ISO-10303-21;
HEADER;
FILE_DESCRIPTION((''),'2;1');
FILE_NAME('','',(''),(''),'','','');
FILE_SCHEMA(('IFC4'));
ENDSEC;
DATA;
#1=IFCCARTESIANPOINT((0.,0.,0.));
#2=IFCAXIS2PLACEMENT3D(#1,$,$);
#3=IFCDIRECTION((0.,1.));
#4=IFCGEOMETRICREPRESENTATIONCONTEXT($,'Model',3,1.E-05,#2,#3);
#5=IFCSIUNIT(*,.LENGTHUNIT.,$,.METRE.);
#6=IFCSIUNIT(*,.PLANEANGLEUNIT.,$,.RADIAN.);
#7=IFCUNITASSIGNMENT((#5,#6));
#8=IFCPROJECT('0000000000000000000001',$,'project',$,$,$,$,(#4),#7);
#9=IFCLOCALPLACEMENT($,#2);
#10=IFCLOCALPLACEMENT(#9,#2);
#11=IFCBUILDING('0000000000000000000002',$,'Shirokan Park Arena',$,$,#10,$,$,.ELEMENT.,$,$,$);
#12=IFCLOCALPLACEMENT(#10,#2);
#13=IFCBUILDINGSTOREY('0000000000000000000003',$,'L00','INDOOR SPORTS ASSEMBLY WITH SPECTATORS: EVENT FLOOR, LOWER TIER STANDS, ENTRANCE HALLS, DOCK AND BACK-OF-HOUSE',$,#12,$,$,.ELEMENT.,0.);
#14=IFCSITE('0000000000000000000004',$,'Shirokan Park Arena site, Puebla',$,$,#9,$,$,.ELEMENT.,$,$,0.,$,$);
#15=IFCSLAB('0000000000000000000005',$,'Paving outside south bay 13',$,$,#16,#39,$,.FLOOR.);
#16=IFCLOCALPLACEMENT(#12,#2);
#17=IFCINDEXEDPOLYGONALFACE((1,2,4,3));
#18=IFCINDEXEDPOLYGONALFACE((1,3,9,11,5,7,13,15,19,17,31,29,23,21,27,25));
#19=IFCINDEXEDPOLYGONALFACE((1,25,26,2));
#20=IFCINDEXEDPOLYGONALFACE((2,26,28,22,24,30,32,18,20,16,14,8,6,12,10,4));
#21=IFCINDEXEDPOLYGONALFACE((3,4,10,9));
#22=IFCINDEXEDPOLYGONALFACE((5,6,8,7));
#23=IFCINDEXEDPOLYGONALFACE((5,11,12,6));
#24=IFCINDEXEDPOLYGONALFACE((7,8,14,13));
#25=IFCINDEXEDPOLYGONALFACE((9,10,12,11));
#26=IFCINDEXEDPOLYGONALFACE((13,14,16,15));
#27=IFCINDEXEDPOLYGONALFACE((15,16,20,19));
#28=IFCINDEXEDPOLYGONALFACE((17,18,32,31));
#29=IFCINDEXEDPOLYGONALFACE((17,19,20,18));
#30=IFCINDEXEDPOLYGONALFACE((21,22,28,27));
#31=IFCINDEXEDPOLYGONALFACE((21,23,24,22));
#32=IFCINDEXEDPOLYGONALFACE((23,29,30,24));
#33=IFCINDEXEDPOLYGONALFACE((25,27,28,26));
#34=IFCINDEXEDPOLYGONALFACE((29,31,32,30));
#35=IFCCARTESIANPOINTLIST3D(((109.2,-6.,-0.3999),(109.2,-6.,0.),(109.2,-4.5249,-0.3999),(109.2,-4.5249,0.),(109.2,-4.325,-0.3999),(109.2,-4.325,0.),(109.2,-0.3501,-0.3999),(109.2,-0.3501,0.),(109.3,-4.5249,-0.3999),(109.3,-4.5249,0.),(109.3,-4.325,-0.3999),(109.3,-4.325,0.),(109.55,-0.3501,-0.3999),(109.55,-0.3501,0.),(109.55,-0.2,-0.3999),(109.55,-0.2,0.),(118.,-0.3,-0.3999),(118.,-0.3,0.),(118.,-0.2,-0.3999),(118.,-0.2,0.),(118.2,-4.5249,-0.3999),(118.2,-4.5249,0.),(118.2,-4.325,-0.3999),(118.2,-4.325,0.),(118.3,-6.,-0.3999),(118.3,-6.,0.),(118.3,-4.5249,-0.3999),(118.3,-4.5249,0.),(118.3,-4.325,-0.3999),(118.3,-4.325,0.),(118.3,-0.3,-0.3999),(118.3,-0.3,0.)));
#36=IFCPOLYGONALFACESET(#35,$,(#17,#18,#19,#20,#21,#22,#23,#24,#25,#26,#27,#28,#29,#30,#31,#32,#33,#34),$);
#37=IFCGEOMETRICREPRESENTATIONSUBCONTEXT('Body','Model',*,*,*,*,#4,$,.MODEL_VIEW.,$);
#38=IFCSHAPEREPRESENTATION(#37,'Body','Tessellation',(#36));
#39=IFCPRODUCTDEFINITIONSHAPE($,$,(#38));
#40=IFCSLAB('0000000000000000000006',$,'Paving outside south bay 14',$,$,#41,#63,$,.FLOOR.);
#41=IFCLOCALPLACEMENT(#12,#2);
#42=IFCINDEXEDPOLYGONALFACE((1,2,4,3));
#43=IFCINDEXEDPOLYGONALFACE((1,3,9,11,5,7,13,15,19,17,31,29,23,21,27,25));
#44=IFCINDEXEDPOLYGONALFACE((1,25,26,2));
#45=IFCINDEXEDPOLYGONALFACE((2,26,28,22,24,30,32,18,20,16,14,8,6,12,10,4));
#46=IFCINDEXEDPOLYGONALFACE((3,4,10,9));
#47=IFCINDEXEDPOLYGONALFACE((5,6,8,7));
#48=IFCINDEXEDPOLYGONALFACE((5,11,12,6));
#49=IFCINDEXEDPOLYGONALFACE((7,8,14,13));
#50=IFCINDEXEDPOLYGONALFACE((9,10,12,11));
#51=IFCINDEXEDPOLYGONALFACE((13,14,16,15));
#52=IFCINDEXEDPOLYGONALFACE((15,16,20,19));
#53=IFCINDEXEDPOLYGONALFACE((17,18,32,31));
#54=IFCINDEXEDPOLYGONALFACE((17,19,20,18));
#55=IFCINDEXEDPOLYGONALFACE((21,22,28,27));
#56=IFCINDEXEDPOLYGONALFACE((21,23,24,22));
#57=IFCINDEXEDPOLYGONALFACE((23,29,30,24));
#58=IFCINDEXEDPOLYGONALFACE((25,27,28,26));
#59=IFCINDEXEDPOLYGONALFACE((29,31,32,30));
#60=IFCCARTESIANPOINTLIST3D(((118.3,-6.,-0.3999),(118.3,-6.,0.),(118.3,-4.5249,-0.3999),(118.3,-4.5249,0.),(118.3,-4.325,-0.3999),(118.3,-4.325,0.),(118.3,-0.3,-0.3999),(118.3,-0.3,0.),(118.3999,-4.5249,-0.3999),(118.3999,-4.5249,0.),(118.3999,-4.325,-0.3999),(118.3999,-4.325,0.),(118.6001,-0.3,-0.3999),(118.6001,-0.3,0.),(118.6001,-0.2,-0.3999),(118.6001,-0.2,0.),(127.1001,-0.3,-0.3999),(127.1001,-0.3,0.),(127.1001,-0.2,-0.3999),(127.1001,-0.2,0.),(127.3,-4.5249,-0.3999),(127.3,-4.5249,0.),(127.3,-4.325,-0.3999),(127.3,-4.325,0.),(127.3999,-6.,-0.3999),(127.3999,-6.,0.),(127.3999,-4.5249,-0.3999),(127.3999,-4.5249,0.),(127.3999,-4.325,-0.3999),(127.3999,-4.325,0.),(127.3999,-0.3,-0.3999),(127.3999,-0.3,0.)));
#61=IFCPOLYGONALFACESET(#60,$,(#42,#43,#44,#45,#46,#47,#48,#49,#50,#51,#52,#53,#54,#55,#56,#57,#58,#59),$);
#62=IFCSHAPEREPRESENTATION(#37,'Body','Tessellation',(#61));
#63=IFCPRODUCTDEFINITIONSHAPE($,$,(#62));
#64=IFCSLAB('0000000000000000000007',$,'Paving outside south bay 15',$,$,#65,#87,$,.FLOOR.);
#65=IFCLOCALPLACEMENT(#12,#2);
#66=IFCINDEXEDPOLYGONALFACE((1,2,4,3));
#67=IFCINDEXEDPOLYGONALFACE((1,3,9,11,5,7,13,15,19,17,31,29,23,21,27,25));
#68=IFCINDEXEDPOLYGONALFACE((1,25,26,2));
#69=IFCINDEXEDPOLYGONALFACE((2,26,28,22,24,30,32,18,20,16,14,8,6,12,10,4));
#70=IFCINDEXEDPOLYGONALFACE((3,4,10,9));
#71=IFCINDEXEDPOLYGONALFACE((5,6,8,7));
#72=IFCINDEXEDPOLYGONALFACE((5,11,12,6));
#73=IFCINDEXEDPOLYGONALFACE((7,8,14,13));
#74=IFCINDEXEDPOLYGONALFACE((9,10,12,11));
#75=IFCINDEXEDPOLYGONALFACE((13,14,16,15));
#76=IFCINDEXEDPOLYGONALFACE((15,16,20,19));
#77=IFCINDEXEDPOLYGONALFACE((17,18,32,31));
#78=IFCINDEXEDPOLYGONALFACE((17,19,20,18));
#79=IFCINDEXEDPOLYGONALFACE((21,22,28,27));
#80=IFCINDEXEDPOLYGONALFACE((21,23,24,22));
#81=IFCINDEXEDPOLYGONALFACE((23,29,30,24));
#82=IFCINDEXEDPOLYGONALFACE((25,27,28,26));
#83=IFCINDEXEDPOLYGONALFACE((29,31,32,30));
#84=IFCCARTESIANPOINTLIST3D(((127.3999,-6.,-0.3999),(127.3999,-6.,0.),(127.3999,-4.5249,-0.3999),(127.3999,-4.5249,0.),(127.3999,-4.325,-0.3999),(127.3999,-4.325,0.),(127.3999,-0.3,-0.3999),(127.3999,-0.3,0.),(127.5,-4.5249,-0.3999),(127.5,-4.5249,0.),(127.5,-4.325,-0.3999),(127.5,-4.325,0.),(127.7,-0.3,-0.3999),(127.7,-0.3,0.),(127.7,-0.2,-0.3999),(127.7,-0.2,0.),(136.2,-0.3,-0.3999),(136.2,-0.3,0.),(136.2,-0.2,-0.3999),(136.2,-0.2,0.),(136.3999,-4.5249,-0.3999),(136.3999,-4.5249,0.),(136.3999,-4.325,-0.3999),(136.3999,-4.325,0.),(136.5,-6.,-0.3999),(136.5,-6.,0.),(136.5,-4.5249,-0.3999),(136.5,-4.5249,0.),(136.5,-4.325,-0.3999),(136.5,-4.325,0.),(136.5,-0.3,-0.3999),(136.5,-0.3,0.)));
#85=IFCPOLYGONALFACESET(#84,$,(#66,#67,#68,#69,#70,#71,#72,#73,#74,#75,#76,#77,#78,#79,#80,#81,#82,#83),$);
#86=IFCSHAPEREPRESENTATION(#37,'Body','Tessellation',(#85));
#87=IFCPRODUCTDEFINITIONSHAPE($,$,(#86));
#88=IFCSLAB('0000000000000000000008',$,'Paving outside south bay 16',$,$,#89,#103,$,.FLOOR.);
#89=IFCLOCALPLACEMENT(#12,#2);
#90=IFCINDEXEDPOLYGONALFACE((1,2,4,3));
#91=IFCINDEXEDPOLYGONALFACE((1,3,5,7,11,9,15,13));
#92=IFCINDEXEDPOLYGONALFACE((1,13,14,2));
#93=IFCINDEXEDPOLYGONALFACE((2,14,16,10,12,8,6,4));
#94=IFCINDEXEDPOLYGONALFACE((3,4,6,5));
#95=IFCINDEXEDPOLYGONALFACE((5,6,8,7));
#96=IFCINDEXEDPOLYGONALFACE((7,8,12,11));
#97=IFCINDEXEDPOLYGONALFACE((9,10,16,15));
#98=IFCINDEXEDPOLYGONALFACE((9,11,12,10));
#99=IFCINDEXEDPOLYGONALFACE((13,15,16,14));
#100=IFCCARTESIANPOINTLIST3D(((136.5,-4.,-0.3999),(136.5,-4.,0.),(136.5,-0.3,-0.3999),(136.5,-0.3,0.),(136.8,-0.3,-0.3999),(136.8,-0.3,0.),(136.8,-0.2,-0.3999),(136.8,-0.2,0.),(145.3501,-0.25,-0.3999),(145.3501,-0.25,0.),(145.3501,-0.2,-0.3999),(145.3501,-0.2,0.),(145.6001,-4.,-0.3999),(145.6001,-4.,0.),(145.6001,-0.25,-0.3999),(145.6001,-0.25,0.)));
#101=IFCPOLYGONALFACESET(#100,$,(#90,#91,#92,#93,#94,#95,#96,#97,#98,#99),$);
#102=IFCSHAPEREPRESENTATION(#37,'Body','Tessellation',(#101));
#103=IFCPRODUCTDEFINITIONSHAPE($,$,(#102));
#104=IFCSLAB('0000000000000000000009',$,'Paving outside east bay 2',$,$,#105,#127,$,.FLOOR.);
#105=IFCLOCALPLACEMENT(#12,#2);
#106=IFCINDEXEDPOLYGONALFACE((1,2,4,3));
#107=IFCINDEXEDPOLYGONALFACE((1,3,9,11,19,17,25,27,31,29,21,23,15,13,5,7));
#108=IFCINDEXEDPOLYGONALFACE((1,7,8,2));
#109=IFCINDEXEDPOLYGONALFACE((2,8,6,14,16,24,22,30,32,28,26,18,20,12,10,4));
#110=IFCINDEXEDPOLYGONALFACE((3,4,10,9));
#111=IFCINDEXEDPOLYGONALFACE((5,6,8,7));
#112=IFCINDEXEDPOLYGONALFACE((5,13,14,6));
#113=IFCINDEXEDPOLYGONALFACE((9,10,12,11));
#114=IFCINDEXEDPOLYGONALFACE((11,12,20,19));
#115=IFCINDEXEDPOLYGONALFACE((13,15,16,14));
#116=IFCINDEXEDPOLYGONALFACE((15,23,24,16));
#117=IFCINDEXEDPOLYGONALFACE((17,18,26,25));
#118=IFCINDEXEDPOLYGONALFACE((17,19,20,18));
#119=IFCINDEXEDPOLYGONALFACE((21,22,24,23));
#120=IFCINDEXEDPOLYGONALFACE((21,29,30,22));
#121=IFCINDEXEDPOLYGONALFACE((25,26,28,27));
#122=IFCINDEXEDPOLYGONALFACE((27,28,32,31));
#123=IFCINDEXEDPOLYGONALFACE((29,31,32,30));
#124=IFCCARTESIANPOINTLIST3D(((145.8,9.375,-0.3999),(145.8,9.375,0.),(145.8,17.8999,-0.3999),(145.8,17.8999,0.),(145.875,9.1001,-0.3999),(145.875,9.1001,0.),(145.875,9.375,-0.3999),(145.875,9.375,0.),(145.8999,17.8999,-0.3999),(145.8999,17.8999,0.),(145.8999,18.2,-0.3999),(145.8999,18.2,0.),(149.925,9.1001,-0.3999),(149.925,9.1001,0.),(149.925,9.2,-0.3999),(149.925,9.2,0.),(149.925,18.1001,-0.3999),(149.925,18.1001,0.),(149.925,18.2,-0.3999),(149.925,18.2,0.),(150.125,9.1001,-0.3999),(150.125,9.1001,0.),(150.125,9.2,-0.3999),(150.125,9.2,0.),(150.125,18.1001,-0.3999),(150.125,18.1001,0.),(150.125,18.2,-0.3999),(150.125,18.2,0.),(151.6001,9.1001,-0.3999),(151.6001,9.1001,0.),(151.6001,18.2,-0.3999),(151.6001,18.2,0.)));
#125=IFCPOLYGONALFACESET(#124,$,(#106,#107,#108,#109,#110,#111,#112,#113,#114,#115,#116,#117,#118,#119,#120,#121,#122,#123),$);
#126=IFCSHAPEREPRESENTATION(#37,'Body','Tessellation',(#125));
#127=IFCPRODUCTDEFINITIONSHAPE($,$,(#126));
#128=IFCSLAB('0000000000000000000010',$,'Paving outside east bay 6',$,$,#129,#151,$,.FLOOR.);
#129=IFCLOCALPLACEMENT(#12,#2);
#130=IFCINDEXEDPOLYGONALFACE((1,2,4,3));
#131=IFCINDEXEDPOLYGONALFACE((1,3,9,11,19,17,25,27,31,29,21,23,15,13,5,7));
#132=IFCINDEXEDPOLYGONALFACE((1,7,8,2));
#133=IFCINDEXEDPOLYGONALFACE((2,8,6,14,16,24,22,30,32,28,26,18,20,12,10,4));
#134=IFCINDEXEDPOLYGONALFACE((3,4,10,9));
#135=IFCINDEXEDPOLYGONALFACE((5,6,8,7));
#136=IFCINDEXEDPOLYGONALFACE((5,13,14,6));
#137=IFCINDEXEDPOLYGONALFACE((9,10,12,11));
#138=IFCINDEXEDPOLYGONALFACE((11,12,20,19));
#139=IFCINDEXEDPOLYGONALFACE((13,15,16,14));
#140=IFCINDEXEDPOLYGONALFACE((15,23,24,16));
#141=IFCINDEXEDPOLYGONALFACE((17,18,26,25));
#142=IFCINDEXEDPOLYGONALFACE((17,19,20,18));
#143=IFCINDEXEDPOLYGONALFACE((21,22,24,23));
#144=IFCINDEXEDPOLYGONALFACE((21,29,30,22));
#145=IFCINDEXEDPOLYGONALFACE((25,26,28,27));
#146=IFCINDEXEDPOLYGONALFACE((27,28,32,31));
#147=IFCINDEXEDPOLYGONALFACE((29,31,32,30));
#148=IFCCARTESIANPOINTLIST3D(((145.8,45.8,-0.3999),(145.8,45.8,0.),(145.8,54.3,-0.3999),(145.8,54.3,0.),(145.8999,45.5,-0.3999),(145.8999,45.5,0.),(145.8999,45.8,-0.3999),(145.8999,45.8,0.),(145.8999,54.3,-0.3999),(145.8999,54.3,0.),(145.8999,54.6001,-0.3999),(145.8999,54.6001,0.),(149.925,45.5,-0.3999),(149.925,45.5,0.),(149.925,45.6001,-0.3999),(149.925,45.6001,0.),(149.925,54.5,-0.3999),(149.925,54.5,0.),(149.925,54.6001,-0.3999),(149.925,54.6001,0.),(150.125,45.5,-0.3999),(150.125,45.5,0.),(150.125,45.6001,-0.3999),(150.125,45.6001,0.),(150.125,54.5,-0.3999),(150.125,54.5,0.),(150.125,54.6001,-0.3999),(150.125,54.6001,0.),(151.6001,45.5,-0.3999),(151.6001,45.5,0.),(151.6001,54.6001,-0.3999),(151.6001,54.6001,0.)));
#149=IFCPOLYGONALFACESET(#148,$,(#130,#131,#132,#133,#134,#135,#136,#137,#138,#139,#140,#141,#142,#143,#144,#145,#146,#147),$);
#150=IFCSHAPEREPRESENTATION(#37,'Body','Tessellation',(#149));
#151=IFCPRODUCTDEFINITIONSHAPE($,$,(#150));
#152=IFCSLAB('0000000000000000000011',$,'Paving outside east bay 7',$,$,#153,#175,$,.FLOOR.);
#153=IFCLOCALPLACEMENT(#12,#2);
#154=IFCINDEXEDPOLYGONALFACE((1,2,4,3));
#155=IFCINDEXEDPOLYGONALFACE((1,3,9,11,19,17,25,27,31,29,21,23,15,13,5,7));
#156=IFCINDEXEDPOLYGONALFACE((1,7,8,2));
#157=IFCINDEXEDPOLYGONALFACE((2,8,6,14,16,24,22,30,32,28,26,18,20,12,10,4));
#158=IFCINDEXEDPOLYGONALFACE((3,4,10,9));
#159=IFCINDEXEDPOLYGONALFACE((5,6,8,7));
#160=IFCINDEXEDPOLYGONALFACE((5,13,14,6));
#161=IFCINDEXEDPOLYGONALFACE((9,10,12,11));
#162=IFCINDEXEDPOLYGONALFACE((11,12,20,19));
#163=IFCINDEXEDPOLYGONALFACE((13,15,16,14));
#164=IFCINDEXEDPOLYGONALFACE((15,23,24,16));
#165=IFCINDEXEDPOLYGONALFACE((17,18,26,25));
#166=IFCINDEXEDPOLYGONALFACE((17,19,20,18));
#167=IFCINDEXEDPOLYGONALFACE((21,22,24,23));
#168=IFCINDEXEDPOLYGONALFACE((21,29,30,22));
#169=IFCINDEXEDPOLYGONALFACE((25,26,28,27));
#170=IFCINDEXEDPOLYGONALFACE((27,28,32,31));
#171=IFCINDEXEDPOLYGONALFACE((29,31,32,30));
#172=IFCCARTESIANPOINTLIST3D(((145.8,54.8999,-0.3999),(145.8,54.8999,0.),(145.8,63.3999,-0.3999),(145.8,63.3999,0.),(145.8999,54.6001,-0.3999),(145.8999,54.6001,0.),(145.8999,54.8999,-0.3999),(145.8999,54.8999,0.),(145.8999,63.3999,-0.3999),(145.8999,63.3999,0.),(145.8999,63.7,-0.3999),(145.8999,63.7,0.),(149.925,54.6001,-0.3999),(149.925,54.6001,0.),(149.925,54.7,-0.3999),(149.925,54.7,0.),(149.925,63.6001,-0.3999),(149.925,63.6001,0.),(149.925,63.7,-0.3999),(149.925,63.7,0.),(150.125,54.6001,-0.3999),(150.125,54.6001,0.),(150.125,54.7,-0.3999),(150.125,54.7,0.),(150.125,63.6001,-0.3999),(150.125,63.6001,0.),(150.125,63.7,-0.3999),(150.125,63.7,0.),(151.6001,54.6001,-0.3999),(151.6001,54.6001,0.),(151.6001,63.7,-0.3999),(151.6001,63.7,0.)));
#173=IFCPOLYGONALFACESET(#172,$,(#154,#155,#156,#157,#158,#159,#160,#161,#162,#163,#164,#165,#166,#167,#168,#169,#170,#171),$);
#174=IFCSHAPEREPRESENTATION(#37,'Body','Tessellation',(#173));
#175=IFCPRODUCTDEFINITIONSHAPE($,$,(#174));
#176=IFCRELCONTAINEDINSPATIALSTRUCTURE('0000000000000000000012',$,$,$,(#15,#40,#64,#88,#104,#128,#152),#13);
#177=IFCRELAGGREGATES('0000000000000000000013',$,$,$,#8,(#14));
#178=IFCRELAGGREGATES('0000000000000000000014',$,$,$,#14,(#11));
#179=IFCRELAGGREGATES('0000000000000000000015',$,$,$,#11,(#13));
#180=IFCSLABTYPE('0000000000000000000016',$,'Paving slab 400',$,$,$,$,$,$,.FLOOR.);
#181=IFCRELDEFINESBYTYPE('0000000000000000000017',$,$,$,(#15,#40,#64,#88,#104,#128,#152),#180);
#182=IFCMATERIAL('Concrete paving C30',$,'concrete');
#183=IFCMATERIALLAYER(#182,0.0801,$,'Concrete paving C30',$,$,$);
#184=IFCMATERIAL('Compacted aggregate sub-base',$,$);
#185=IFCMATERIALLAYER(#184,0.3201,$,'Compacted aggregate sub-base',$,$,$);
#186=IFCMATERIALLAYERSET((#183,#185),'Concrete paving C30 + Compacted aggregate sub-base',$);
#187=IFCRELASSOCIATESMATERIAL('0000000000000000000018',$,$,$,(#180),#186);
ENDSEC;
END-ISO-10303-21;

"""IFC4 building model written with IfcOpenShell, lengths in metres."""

from ifc_helpers import new_model, si_unit, direction, frame, origin, place, context, subcontext, project, spatial, polyline, outline, extrude, material, layer, layer_set, type_object, element, save


model = new_model("IFC4")

# Units and contexts
model_context = context("Model", 3, precision=1e-05, world=origin(), true_north=direction((0.0, 1.0)))
body_context = subcontext(model_context, "Body", "Model", "MODEL_VIEW")
ifc_project = project(units=[si_unit("LENGTHUNIT", "METRE"), si_unit("PLANEANGLEUNIT", "RADIAN")], contexts=[model_context])

# Site, building, storey
site_placement = place(None, origin())
site = spatial("IfcSite", under=ifc_project, at=site_placement, Name="Shirokan Park Arena site, Puebla", CompositionType="ELEMENT", RefElevation=0.0)
building_placement = place(site_placement, origin())
building = spatial("IfcBuilding", under=site, at=building_placement, Name="Shirokan Park Arena", CompositionType="ELEMENT")
storey_placement = place(building_placement, origin())
storey = spatial("IfcBuildingStorey", under=building, at=storey_placement, Name="L00", Description="INDOOR SPORTS ASSEMBLY WITH SPECTATORS: EVENT FLOOR, LOWER TIER STANDS, ENTRANCE HALLS, DOCK AND BACK-OF-HOUSE", CompositionType="ELEMENT", Elevation=0.0)

# Slabs
ifc_material_1 = material(Name="Concrete paving C30", Category="concrete")
ifc_layer_1 = layer(ifc_material_1, 0.0801, Name="Concrete paving C30")
ifc_material_2 = material(Name="Compacted aggregate sub-base")
ifc_layer_2 = layer(ifc_material_2, 0.3201, Name="Compacted aggregate sub-base")
ifc_layer_set_1 = layer_set([ifc_layer_1, ifc_layer_2], Name="Concrete paving C30 + Compacted aggregate sub-base")
slab_type_1 = type_object("IfcSlabType", Name="Paving slab 400", PredefinedType="FLOOR", material=ifc_layer_set_1)
slab_1_placement = place(storey_placement, frame((0.0, 0.0, -0.3999)))
element("IfcSlab", 1, at=slab_1_placement, inside=storey, type_object=slab_type_1, Name="Paving outside south bay 13", PredefinedType="FLOOR", context=body_context, shape_type="SweptSolid", body=[
    extrude(outline(polyline([(118.0, -0.3), (118.3, -0.3), (118.3, -4.325), (118.2, -4.325), (118.2, -4.5249), (118.3, -4.5249), (118.3, -6.0), (109.2, -6.0), (109.2, -4.5249), (109.3, -4.5249), (109.3, -4.325), (109.2, -4.325), (109.2, -0.3501), (109.55, -0.3501), (109.55, -0.2), (118.0, -0.2), (118.0, -0.3)])), origin(), (0.0, 0.0, 1.0), 0.3999),
])
slab_2_placement = place(storey_placement, frame((0.0, 0.0, -0.3999)))
element("IfcSlab", 2, at=slab_2_placement, inside=storey, type_object=slab_type_1, Name="Paving outside south bay 14", PredefinedType="FLOOR", context=body_context, shape_type="SweptSolid", body=[
    extrude(outline(polyline([(127.1001, -0.3), (127.3999, -0.3), (127.3999, -4.325), (127.3, -4.325), (127.3, -4.5249), (127.3999, -4.5249), (127.3999, -6.0), (118.3, -6.0), (118.3, -4.5249), (118.3999, -4.5249), (118.3999, -4.325), (118.3, -4.325), (118.3, -0.3), (118.6001, -0.3), (118.6001, -0.2), (127.1001, -0.2), (127.1001, -0.3)])), origin(), (0.0, 0.0, 1.0), 0.3999),
])
slab_3_placement = place(storey_placement, frame((0.0, 0.0, -0.3999)))
element("IfcSlab", 3, at=slab_3_placement, inside=storey, type_object=slab_type_1, Name="Paving outside south bay 15", PredefinedType="FLOOR", context=body_context, shape_type="SweptSolid", body=[
    extrude(outline(polyline([(136.2, -0.3), (136.5, -0.3), (136.5, -4.325), (136.3999, -4.325), (136.3999, -4.5249), (136.5, -4.5249), (136.5, -6.0), (127.3999, -6.0), (127.3999, -4.5249), (127.5, -4.5249), (127.5, -4.325), (127.3999, -4.325), (127.3999, -0.3), (127.7, -0.3), (127.7, -0.2), (136.2, -0.2), (136.2, -0.3)])), origin(), (0.0, 0.0, 1.0), 0.3999),
])
slab_4_placement = place(storey_placement, frame((0.0, 0.0, -0.3999)))
element("IfcSlab", 4, at=slab_4_placement, inside=storey, type_object=slab_type_1, Name="Paving outside south bay 16", PredefinedType="FLOOR", context=body_context, shape_type="SweptSolid", body=[
    extrude(outline(polyline([(145.3501, -0.2), (145.3501, -0.25), (145.6001, -0.25), (145.6001, -4.0), (136.5, -4.0), (136.5, -0.3), (136.8, -0.3), (136.8, -0.2), (145.3501, -0.2)])), origin(), (0.0, 0.0, 1.0), 0.3999),
])
slab_5_placement = place(storey_placement, frame((0.0, 0.0, -0.3999)))
element("IfcSlab", 5, at=slab_5_placement, inside=storey, type_object=slab_type_1, Name="Paving outside east bay 2", PredefinedType="FLOOR", context=body_context, shape_type="SweptSolid", body=[
    extrude(outline(polyline([(145.8999, 17.8999), (145.8999, 18.2), (149.925, 18.2), (149.925, 18.1001), (150.125, 18.1001), (150.125, 18.2), (151.6001, 18.2), (151.6001, 9.1001), (150.125, 9.1001), (150.125, 9.2), (149.925, 9.2), (149.925, 9.1001), (145.875, 9.1001), (145.875, 9.375), (145.8, 9.375), (145.8, 17.8999), (145.8999, 17.8999)])), origin(), (0.0, 0.0, 1.0), 0.3999),
])
slab_6_placement = place(storey_placement, frame((0.0, 0.0, -0.3999)))
element("IfcSlab", 6, at=slab_6_placement, inside=storey, type_object=slab_type_1, Name="Paving outside east bay 6", PredefinedType="FLOOR", context=body_context, shape_type="SweptSolid", body=[
    extrude(outline(polyline([(145.8999, 54.3), (145.8999, 54.6001), (149.925, 54.6001), (149.925, 54.5), (150.125, 54.5), (150.125, 54.6001), (151.6001, 54.6001), (151.6001, 45.5), (150.125, 45.5), (150.125, 45.6001), (149.925, 45.6001), (149.925, 45.5), (145.8999, 45.5), (145.8999, 45.8), (145.8, 45.8), (145.8, 54.3), (145.8999, 54.3)])), origin(), (0.0, 0.0, 1.0), 0.3999),
])
slab_7_placement = place(storey_placement, frame((0.0, 0.0, -0.3999)))
element("IfcSlab", 7, at=slab_7_placement, inside=storey, type_object=slab_type_1, Name="Paving outside east bay 7", PredefinedType="FLOOR", context=body_context, shape_type="SweptSolid", body=[
    extrude(outline(polyline([(145.8999, 63.3999), (145.8999, 63.7), (149.925, 63.7), (149.925, 63.6001), (150.125, 63.6001), (150.125, 63.7), (151.6001, 63.7), (151.6001, 54.6001), (150.125, 54.6001), (150.125, 54.7), (149.925, 54.7), (149.925, 54.6001), (145.8999, 54.6001), (145.8999, 54.8999), (145.8, 54.8999), (145.8, 63.3999), (145.8999, 63.3999)])), origin(), (0.0, 0.0, 1.0), 0.3999),
])

save(model, "model.ifc")
